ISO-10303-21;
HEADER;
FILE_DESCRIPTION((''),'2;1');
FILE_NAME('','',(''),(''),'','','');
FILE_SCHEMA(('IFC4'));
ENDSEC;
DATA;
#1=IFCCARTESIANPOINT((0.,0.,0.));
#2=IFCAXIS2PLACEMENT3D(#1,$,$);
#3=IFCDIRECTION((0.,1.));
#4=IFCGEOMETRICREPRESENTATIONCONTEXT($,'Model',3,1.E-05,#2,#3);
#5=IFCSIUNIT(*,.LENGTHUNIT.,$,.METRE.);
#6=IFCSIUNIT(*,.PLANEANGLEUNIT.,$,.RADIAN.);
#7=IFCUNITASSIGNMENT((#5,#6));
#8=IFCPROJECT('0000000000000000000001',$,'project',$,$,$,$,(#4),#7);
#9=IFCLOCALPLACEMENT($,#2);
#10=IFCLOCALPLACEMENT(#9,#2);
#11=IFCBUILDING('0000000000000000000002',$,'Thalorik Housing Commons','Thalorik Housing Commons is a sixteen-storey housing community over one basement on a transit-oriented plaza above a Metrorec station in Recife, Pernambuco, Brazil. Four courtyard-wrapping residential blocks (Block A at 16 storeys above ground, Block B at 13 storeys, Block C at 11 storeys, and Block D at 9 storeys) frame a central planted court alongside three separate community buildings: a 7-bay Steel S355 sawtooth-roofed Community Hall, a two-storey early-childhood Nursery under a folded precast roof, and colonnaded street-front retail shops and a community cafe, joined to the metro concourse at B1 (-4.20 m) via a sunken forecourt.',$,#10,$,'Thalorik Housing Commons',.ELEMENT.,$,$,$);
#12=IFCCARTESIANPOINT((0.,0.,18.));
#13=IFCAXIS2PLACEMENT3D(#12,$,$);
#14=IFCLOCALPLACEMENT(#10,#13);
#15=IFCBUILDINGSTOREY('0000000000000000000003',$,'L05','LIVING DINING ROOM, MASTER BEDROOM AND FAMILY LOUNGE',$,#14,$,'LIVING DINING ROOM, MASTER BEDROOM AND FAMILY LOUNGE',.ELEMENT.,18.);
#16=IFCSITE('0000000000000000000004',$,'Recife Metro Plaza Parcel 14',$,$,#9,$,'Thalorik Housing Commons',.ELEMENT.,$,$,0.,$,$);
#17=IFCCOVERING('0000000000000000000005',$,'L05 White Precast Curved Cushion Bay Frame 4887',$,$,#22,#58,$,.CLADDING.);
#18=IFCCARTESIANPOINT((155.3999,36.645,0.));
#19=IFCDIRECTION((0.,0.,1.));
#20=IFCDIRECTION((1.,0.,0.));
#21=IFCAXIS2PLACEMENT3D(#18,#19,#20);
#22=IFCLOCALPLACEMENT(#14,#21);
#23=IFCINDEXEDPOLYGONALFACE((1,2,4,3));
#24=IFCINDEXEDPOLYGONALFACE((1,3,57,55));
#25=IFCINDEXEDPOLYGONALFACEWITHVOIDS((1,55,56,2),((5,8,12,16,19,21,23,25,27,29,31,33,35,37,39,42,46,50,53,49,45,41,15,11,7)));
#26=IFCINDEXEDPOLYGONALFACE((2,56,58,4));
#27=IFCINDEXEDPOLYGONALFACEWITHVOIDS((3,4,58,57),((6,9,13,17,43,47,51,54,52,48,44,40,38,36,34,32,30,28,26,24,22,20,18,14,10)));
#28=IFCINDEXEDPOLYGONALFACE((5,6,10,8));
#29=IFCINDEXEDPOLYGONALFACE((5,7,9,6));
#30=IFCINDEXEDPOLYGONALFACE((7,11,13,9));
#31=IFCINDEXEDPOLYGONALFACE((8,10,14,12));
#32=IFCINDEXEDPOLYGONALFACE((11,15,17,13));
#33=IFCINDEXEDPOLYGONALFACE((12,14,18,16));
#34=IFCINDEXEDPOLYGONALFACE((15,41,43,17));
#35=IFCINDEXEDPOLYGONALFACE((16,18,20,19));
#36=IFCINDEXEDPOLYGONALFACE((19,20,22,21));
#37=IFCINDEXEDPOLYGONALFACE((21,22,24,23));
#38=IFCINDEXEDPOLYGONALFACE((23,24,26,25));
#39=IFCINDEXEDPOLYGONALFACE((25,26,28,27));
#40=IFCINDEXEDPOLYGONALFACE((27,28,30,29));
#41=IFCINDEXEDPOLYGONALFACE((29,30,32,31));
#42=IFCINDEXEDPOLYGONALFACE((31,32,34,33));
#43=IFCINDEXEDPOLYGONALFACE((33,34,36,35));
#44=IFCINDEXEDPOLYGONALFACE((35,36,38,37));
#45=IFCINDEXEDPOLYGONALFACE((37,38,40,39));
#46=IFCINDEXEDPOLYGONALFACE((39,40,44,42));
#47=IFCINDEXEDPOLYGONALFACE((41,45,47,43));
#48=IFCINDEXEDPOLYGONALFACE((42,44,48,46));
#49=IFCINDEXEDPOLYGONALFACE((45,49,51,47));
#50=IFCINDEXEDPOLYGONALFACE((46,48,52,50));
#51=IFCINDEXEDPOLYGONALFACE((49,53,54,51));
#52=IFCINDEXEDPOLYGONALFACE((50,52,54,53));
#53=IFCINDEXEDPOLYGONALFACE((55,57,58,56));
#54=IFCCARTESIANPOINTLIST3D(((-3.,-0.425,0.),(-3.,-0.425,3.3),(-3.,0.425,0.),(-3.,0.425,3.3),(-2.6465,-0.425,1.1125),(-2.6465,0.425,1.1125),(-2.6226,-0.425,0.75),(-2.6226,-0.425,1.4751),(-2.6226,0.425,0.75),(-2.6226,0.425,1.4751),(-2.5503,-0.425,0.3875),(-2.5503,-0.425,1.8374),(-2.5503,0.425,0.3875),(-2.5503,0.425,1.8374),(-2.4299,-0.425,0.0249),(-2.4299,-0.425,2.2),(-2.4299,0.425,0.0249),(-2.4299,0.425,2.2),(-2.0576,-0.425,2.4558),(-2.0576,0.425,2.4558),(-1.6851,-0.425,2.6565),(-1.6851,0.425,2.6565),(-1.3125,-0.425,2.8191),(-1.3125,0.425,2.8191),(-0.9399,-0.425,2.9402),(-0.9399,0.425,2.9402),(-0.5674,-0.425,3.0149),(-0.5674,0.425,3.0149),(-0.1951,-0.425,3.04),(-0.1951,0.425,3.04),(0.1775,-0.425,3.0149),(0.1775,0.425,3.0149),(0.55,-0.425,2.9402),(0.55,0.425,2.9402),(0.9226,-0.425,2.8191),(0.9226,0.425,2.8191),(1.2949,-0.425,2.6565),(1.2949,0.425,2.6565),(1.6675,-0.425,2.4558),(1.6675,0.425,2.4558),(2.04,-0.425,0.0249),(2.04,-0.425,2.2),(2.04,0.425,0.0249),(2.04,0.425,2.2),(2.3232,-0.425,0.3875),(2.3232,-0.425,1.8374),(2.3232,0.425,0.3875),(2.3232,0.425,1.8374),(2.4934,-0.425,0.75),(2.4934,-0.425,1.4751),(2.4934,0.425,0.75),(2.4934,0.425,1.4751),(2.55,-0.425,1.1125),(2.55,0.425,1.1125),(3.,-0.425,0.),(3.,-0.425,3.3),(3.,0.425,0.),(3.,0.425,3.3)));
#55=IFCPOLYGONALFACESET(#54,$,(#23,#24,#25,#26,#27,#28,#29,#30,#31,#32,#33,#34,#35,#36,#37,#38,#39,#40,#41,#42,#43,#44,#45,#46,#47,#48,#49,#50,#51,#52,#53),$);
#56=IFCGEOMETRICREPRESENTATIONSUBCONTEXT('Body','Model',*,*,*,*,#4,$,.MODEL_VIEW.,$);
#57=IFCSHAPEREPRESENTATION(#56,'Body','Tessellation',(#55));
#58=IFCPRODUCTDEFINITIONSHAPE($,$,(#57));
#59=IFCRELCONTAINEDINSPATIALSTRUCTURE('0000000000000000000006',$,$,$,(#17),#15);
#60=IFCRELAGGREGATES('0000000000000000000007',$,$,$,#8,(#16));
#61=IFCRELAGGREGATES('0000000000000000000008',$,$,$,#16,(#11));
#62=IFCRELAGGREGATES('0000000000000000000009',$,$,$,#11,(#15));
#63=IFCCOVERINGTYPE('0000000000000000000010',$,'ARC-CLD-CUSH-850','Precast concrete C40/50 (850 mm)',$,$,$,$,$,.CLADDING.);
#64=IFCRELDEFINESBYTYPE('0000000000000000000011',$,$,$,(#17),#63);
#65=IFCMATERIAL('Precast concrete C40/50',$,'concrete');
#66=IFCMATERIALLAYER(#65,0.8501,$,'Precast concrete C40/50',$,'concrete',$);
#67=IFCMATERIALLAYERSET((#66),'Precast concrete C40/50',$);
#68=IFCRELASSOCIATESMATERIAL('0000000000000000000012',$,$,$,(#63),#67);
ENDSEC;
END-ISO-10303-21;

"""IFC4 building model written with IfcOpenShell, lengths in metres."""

from ifc_helpers import new_model, si_unit, direction, frame, origin, place, context, subcontext, project, spatial, polyline, outline, extrude, material, layer, layer_set, type_object, element, save


model = new_model("IFC4")

# Units and contexts
model_context = context("Model", 3, precision=1e-05, world=origin(), true_north=direction((0.0, 1.0)))
body_context = subcontext(model_context, "Body", "Model", "MODEL_VIEW")
ifc_project = project(units=[si_unit("LENGTHUNIT", "METRE"), si_unit("PLANEANGLEUNIT", "RADIAN")], contexts=[model_context])

# Site, building, storey
site_placement = place(None, origin())
site = spatial("IfcSite", under=ifc_project, at=site_placement, Name="Recife Metro Plaza Parcel 14", LongName="Thalorik Housing Commons", CompositionType="ELEMENT", RefElevation=0.0)
building_placement = place(site_placement, origin())
building = spatial("IfcBuilding", under=site, at=building_placement, Name="Thalorik Housing Commons", Description="Thalorik Housing Commons is a sixteen-storey housing community over one basement on a transit-oriented plaza above a Metrorec station in Recife, Pernambuco, Brazil. Four courtyard-wrapping residential blocks (Block A at 16 storeys above ground, Block B at 13 storeys, Block C at 11 storeys, and Block D at 9 storeys) frame a central planted court alongside three separate community buildings: a 7-bay Steel S355 sawtooth-roofed Community Hall, a two-storey early-childhood Nursery under a folded precast roof, and colonnaded street-front retail shops and a community cafe, joined to the metro concourse at B1 (-4.20 m) via a sunken forecourt.", LongName="Thalorik Housing Commons", CompositionType="ELEMENT")
storey_placement = place(building_placement, frame((0.0, 0.0, 18.0)))
storey = spatial("IfcBuildingStorey", under=building, at=storey_placement, Name="L05", Description="LIVING DINING ROOM, MASTER BEDROOM AND FAMILY LOUNGE", LongName="LIVING DINING ROOM, MASTER BEDROOM AND FAMILY LOUNGE", CompositionType="ELEMENT", Elevation=18.0)

# Shared definitions
ifc_material_1 = material(Name="Precast concrete C40/50", Category="concrete")

# Covering
ifc_layer_1 = layer(ifc_material_1, 0.8501, Name="Precast concrete C40/50", Category="concrete")
ifc_layer_set_1 = layer_set([ifc_layer_1], Name="Precast concrete C40/50")
covering_type_1 = type_object("IfcCoveringType", Name="ARC-CLD-CUSH-850", Description="Precast concrete C40/50 (850 mm)", PredefinedType="CLADDING", material=ifc_layer_set_1)
covering_1_placement = place(storey_placement, frame((155.3999, 36.645, 0.0), z_axis=(0.0, 0.0, 1.0), x_axis=(1.0, 0.0, 0.0)))
element("IfcCovering", 1, at=covering_1_placement, inside=storey, type_object=covering_type_1, Name="L05 White Precast Curved Cushion Bay Frame 4887", PredefinedType="CLADDING", context=body_context, shape_type="SweptSolid", body=[
    extrude(outline(polyline([(-3.0, 0.0), (3.0, 0.0), (3.0, 3.3), (-3.0, 3.3), (-3.0, 0.0)]), holes=[polyline([(2.04, 0.0249), (2.3232, 0.3875), (2.4934, 0.75), (2.55, 1.1125), (2.4934, 1.4751), (2.3232, 1.8374), (2.04, 2.2), (1.6675, 2.4558), (1.2949, 2.6565), (0.9226, 2.8191), (0.55, 2.9402), (0.1775, 3.0149), (-0.1951, 3.04), (-0.5674, 3.0149), (-0.9399, 2.9402), (-1.3125, 2.8191), (-1.6851, 2.6565), (-2.0576, 2.4558), (-2.4299, 2.2), (-2.5503, 1.8374), (-2.6226, 1.4751), (-2.6465, 1.1125), (-2.6226, 0.75), (-2.5503, 0.3875), (-2.4299, 0.0249), (2.04, 0.0249)])]), frame((0.0, 0.425, 0.0), z_axis=(0.0, -1.0, 0.0), x_axis=(1.0, 0.0, 0.0)), (0.0, 0.0, 1.0), 0.8501),
])

save(model, "model.ifc")
